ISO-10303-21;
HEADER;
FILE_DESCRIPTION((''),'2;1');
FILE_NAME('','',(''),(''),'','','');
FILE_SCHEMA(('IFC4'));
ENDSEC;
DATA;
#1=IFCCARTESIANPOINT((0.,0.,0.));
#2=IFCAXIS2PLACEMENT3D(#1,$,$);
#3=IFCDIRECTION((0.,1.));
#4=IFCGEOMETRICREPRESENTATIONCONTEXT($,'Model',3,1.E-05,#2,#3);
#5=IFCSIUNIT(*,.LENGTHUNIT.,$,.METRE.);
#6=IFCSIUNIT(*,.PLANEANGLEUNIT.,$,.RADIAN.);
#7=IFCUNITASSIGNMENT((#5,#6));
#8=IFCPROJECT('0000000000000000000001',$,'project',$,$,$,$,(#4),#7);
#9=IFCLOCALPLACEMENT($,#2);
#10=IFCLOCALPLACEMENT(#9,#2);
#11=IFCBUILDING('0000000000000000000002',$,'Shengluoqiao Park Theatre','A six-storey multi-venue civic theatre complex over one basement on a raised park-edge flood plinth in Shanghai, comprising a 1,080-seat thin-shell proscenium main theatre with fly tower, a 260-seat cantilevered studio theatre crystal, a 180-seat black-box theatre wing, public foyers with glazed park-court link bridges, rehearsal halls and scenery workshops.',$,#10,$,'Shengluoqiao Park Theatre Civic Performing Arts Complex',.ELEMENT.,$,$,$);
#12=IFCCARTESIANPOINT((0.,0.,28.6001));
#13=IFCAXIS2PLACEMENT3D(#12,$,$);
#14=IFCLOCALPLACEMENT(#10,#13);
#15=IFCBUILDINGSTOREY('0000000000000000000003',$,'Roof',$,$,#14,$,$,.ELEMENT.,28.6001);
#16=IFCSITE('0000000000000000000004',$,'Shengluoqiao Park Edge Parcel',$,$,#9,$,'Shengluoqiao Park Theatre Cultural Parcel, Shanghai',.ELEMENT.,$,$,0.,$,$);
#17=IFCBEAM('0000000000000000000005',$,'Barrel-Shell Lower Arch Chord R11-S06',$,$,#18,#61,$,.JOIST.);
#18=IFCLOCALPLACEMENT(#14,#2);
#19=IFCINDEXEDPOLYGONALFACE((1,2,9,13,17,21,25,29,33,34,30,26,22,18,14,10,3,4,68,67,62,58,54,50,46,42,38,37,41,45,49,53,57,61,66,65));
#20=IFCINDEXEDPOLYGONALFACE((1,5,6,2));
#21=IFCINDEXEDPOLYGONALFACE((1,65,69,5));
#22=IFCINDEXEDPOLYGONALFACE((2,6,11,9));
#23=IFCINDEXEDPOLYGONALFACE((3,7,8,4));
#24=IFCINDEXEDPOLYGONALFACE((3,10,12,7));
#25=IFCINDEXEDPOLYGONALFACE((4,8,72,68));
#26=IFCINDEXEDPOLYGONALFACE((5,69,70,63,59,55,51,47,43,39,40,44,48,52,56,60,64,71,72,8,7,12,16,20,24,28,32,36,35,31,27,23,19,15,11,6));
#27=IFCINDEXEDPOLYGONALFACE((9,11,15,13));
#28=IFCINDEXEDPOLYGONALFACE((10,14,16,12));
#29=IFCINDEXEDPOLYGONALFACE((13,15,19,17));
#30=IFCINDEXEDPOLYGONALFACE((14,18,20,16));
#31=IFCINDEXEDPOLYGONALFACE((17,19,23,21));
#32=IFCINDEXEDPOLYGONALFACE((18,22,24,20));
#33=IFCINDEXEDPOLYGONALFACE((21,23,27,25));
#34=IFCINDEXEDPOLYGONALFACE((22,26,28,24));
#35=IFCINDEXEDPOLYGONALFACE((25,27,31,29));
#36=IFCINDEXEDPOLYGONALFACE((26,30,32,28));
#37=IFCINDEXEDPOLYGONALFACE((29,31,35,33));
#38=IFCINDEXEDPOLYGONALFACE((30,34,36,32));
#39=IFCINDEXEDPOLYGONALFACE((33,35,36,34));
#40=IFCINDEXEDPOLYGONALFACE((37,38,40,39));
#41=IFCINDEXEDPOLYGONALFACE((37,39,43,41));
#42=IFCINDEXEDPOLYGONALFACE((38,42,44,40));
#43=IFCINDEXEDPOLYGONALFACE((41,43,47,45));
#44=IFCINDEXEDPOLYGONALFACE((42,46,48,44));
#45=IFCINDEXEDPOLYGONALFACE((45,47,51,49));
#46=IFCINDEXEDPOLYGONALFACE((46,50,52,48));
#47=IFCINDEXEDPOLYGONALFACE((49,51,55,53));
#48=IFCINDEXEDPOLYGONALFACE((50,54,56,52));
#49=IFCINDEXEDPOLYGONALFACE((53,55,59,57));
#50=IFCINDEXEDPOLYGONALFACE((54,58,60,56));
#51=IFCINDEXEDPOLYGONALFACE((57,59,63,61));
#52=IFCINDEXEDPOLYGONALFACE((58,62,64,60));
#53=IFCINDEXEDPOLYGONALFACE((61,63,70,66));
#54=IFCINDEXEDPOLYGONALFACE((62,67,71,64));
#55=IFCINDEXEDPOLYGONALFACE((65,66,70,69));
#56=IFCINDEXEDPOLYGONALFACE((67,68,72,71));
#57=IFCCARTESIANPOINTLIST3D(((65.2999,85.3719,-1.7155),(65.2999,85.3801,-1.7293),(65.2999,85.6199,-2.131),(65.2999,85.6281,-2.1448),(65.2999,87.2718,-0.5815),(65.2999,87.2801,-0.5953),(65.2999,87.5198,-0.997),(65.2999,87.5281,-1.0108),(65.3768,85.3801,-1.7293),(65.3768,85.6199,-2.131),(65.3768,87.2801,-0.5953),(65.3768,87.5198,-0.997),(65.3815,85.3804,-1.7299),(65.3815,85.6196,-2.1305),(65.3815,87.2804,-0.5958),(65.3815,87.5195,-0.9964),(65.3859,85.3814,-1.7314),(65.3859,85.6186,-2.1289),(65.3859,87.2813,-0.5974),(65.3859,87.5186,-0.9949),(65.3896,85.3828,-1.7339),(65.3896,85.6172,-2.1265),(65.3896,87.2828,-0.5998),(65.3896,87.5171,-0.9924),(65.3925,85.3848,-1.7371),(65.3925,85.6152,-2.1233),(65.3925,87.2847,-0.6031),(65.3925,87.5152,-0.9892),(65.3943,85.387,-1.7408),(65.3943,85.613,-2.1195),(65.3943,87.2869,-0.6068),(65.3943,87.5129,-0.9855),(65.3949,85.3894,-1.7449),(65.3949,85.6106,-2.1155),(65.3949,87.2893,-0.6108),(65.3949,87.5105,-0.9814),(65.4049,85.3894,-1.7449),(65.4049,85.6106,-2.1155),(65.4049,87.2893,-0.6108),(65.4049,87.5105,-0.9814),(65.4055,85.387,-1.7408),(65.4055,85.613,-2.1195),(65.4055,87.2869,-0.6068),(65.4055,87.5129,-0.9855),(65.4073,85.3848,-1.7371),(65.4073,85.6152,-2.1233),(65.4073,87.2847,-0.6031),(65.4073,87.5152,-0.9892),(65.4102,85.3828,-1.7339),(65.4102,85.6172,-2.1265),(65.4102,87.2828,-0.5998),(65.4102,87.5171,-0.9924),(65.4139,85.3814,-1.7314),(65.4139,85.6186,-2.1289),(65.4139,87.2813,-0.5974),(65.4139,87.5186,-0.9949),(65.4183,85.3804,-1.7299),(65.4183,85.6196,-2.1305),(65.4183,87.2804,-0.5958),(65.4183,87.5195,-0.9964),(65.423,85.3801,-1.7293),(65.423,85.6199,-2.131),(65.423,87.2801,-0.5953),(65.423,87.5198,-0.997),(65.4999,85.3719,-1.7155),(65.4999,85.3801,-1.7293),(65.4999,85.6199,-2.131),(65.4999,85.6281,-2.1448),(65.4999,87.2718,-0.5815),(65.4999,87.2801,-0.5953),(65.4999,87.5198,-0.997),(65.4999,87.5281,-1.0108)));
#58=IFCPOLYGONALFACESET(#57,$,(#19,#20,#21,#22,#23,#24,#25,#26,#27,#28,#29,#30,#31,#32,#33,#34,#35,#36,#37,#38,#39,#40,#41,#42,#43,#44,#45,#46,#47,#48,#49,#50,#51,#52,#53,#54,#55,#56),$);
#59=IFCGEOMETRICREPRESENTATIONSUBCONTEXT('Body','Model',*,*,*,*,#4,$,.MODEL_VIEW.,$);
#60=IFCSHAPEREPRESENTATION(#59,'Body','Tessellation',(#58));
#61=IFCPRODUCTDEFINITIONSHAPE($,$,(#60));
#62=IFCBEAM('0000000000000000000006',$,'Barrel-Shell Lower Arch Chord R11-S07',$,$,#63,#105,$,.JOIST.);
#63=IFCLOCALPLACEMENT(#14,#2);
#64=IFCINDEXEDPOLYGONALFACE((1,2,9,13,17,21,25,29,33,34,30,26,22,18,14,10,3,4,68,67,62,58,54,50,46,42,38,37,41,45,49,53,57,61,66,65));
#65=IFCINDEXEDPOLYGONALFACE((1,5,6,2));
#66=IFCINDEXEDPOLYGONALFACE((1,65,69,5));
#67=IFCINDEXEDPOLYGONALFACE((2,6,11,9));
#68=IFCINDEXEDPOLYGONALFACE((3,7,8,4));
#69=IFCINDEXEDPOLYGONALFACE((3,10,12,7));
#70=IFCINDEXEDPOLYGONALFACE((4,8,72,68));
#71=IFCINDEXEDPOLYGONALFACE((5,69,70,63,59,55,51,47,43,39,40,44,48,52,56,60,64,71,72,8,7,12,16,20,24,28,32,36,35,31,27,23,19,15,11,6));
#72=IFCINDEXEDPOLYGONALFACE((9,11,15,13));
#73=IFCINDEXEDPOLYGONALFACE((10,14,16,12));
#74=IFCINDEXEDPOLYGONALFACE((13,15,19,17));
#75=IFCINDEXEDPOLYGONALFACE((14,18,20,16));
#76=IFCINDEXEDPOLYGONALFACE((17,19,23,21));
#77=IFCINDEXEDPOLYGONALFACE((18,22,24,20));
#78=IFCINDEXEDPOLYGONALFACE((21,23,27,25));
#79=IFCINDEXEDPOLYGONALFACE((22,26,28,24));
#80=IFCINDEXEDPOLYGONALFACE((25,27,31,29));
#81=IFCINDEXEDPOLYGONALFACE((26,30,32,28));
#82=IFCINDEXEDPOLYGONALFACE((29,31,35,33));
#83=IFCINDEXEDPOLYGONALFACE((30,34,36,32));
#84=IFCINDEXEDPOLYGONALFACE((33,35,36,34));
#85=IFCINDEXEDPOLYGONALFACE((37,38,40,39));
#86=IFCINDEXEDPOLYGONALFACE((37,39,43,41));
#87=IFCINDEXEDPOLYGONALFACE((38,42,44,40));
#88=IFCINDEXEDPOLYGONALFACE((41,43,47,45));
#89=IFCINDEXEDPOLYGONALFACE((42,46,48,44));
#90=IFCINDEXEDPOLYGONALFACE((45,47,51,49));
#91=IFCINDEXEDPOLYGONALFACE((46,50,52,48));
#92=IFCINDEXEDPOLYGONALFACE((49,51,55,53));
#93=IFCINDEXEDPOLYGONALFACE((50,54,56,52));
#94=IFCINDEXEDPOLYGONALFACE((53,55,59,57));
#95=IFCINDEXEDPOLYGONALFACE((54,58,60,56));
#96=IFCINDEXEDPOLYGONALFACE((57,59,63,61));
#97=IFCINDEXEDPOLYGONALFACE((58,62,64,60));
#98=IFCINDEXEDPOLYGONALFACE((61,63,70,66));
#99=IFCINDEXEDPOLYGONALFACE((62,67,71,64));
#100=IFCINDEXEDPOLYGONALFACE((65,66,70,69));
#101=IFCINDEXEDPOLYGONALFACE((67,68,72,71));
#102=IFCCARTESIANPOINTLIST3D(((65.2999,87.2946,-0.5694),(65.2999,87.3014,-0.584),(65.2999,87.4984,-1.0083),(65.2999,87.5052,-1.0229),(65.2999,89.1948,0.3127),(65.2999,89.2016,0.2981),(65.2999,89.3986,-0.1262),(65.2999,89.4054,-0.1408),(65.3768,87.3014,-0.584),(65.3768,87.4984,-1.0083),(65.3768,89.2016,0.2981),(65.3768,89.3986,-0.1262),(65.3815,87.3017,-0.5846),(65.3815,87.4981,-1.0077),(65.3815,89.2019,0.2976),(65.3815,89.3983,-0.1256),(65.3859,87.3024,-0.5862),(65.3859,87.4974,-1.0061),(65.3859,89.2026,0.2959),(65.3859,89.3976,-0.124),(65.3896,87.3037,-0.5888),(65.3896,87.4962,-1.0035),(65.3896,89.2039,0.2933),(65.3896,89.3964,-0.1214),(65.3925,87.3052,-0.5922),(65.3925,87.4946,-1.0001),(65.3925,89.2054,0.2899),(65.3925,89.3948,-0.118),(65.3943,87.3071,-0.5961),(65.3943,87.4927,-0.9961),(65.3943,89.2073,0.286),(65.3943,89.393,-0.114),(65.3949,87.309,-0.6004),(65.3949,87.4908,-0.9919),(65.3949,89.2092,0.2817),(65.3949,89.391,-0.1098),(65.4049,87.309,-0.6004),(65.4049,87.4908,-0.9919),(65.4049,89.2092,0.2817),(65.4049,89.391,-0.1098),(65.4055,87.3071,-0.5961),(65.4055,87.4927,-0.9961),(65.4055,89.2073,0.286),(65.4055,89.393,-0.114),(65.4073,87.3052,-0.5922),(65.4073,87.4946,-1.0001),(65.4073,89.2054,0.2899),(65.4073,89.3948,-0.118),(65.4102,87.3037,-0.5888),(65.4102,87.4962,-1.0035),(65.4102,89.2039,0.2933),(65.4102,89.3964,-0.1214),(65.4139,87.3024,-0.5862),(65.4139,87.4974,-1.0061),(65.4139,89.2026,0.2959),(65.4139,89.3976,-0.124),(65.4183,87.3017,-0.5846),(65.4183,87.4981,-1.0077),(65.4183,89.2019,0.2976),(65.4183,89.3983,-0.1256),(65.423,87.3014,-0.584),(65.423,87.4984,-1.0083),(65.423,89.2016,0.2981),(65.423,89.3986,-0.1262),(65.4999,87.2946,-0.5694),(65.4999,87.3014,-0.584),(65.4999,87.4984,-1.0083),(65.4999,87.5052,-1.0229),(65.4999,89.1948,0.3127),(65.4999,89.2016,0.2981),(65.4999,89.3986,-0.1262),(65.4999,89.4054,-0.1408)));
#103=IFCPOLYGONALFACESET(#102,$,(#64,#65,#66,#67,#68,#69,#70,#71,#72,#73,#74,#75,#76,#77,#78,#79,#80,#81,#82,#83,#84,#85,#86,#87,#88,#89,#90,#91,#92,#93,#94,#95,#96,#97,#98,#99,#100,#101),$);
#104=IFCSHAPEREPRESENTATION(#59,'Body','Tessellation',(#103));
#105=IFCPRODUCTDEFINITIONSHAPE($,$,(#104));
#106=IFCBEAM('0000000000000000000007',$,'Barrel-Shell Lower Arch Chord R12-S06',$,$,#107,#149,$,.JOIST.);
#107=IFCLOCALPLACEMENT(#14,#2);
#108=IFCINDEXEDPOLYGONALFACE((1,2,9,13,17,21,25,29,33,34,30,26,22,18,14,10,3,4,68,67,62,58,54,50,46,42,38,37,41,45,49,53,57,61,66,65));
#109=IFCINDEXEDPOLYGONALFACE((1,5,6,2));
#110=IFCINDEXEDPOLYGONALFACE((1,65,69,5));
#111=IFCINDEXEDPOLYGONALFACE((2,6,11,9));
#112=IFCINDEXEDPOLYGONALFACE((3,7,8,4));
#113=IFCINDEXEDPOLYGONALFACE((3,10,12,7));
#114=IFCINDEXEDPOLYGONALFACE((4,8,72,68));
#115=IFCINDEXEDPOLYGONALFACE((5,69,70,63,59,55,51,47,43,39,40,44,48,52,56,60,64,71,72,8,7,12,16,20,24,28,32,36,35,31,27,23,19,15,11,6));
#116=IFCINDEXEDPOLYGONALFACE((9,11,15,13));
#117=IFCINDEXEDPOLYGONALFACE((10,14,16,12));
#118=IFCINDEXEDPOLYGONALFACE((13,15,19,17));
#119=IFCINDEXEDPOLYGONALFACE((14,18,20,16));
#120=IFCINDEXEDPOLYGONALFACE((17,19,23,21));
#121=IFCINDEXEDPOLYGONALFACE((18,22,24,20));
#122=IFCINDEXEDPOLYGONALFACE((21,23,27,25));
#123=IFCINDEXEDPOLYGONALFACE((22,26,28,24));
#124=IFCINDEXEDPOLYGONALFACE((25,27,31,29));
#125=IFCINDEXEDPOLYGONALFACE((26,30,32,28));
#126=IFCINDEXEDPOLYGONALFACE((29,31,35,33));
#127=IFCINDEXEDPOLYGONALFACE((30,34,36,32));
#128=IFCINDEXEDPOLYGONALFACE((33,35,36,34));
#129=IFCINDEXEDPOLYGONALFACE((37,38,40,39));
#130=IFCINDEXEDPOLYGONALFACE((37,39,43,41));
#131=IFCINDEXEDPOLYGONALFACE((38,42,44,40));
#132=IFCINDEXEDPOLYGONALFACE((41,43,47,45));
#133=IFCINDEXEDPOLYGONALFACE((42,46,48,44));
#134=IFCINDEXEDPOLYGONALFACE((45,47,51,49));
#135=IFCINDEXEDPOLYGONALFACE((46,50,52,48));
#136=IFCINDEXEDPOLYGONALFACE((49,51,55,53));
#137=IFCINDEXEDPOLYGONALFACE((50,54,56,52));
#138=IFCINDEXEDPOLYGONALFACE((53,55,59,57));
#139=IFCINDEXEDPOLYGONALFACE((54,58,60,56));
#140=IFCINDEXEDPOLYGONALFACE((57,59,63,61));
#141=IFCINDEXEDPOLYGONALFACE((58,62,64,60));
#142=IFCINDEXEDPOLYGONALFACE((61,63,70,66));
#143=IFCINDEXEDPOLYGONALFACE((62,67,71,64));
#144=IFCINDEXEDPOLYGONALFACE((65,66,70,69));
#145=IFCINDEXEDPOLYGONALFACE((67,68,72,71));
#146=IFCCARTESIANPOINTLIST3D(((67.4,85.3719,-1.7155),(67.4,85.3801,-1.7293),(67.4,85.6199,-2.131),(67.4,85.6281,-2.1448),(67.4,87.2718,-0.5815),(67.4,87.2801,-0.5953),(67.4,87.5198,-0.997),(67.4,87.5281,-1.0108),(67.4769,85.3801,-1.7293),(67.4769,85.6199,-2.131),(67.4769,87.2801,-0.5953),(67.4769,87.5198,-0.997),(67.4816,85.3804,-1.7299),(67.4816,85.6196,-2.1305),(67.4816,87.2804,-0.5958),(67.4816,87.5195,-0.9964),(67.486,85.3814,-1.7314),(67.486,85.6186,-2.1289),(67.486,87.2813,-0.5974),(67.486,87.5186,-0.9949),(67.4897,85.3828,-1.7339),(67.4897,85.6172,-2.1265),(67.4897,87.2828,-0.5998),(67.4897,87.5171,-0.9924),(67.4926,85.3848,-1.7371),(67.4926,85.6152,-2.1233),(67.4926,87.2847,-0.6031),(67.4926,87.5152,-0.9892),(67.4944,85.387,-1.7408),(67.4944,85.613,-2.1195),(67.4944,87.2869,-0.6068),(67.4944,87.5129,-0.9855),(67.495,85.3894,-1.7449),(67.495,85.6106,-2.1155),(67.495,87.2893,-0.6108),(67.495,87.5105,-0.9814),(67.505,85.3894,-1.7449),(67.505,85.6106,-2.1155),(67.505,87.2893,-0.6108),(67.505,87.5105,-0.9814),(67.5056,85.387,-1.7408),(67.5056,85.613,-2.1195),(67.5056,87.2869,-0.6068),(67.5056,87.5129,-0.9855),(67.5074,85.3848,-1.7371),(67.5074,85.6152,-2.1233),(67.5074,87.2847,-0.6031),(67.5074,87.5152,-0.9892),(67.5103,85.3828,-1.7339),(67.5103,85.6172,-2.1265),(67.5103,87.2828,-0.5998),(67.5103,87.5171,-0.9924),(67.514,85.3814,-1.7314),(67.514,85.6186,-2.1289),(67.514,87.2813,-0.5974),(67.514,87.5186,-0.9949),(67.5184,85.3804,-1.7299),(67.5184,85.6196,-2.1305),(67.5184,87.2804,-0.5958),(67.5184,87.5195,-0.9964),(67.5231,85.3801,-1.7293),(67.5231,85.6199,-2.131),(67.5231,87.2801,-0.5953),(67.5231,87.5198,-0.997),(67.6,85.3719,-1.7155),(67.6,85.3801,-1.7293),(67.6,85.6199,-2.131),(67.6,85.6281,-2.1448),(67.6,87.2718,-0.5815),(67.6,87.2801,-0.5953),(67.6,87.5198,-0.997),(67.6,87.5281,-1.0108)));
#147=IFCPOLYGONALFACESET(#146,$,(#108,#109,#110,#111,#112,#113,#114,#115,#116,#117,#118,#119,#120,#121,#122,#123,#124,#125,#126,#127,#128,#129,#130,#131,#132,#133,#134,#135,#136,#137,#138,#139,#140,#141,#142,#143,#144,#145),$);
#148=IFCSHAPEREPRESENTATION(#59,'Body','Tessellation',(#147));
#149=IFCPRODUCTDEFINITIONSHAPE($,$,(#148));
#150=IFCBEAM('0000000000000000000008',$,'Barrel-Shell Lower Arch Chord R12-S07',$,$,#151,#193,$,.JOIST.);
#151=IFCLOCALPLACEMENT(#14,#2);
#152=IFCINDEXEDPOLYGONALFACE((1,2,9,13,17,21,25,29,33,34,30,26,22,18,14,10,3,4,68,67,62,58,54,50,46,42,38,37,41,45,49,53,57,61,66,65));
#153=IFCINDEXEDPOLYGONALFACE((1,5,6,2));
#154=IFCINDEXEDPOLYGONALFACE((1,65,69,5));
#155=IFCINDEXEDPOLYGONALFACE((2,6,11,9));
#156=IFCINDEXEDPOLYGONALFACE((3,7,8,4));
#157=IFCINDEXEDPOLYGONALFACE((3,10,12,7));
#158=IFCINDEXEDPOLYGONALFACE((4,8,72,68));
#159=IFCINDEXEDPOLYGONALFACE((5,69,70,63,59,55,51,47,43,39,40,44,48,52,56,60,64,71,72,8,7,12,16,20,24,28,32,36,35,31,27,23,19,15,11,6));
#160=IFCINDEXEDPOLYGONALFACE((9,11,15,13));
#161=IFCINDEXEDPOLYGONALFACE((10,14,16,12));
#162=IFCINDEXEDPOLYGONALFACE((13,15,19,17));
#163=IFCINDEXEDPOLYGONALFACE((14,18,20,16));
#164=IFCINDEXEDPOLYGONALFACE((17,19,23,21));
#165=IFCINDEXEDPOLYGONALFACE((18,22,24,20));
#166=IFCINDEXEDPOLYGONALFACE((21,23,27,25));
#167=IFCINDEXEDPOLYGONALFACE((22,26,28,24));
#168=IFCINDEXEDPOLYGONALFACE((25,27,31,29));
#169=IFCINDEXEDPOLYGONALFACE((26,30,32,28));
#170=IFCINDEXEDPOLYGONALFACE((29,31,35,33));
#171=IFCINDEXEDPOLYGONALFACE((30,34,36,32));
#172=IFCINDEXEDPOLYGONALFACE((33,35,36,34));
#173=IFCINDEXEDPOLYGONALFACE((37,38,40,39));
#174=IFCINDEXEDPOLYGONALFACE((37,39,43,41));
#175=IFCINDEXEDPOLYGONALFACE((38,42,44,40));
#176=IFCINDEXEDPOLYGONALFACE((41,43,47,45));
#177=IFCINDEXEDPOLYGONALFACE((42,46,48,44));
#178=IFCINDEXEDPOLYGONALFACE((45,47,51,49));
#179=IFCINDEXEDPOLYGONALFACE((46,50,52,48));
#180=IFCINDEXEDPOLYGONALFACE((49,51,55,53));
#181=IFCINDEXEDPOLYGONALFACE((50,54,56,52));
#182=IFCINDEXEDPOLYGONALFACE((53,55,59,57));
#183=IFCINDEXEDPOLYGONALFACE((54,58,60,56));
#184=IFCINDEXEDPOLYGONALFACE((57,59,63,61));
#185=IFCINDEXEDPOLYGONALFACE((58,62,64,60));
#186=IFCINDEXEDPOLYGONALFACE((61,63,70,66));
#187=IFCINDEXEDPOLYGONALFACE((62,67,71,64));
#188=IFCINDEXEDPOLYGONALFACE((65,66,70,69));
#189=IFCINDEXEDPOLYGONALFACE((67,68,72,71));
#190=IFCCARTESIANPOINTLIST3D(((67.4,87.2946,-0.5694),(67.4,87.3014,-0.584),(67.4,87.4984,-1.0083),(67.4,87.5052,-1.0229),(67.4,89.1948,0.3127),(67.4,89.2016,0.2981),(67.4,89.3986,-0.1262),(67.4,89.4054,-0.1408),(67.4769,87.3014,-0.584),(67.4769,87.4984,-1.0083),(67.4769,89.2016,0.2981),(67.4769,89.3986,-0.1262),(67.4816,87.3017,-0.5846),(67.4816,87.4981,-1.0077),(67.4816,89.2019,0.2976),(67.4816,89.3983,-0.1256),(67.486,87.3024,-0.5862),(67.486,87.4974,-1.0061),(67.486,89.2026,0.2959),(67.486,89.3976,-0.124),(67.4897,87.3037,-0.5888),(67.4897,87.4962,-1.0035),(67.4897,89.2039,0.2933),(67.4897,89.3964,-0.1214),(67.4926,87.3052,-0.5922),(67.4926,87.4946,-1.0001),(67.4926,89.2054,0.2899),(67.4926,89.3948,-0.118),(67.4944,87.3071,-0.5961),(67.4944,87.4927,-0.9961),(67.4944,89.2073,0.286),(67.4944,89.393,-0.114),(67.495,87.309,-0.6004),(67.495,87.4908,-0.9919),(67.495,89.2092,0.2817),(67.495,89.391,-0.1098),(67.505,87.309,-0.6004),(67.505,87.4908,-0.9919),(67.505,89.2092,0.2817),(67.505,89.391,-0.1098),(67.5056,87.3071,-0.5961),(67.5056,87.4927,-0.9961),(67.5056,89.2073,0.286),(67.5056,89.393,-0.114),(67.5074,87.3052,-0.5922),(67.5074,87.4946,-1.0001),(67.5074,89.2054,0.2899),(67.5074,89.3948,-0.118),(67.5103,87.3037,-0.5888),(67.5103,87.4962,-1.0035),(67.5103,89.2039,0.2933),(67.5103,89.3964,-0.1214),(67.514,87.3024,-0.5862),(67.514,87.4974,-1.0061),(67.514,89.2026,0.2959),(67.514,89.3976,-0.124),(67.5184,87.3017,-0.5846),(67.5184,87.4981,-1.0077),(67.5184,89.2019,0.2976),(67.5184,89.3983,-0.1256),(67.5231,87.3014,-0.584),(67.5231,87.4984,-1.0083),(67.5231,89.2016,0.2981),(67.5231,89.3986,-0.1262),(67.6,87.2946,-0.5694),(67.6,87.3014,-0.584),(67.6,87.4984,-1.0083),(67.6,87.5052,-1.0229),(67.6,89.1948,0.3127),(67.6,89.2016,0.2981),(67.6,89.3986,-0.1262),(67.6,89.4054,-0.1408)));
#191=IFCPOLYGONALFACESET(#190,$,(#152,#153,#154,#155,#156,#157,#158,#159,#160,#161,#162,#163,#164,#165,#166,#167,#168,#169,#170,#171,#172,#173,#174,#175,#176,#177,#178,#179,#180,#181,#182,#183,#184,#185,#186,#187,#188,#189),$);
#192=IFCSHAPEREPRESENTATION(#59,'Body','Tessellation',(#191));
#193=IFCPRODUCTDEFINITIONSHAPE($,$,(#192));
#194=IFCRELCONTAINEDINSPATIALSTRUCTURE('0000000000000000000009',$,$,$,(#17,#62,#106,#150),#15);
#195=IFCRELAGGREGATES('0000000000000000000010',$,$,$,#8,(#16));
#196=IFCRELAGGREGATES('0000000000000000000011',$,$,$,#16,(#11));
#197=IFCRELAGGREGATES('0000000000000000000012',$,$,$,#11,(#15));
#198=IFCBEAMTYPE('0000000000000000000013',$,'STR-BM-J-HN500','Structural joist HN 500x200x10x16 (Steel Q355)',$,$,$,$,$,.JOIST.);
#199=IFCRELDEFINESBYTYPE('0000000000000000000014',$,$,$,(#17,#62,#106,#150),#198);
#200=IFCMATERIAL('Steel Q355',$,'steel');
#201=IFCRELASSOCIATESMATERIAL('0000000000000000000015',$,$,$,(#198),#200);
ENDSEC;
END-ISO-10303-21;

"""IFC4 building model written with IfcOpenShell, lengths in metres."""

from ifc_helpers import new_model, si_unit, direction, frame, origin, origin_2d, place, context, subcontext, project, spatial, i_section, extrude, material, material_profile, profile_set, type_object, element, save


model = new_model("IFC4")

# Units and contexts
model_context = context("Model", 3, precision=1e-05, world=origin(), true_north=direction((0.0, 1.0)))
body_context = subcontext(model_context, "Body", "Model", "MODEL_VIEW")
ifc_project = project(units=[si_unit("LENGTHUNIT", "METRE"), si_unit("PLANEANGLEUNIT", "RADIAN")], contexts=[model_context])

# Site, building, storey
site_placement = place(None, origin())
site = spatial("IfcSite", under=ifc_project, at=site_placement, Name="Shengluoqiao Park Edge Parcel", LongName="Shengluoqiao Park Theatre Cultural Parcel, Shanghai", CompositionType="ELEMENT", RefElevation=0.0)
building_placement = place(site_placement, origin())
building = spatial("IfcBuilding", under=site, at=building_placement, Name="Shengluoqiao Park Theatre", Description="A six-storey multi-venue civic theatre complex over one basement on a raised park-edge flood plinth in Shanghai, comprising a 1,080-seat thin-shell proscenium main theatre with fly tower, a 260-seat cantilevered studio theatre crystal, a 180-seat black-box theatre wing, public foyers with glazed park-court link bridges, rehearsal halls and scenery workshops.", LongName="Shengluoqiao Park Theatre Civic Performing Arts Complex", CompositionType="ELEMENT")
storey_placement = place(building_placement, frame((0.0, 0.0, 28.6001)))
storey = spatial("IfcBuildingStorey", under=building, at=storey_placement, Name="Roof", CompositionType="ELEMENT", Elevation=28.6001)

# Beams
ifc_material_1 = material(Name="Steel Q355", Category="steel")
ifc_material_profile_1 = material_profile(ifc_material_1, i_section(OverallWidth=0.2, OverallDepth=0.5, WebThickness=0.01, FlangeThickness=0.0161, FilletRadius=0.0181, at=origin_2d()), Name="HN 500x200x10x16")
ifc_profile_set_1 = profile_set([ifc_material_profile_1], Name="Steel Q355")
beam_type_1 = type_object("IfcBeamType", Name="STR-BM-J-HN500", Description="Structural joist HN 500x200x10x16 (Steel Q355)", PredefinedType="JOIST", material=ifc_profile_set_1)
beam_1_placement = place(storey_placement, frame((65.3999, 85.5, -1.9302), z_axis=(0.0, 0.858669, 0.512531), x_axis=(-1.0, 0.0, 0.0)))
element("IfcBeam", 1, at=beam_1_placement, inside=storey, type_object=beam_type_1, Name="Barrel-Shell Lower Arch Chord R11-S06", PredefinedType="JOIST", context=body_context, shape_type="SweptSolid", body=[
    extrude(i_section(OverallWidth=0.2, OverallDepth=0.5, WebThickness=0.01, FlangeThickness=0.0161, FilletRadius=0.0181, at=origin_2d()), origin(), (0.0, 0.0, 1.0), 2.2126),
])
beam_2_placement = place(storey_placement, frame((65.3999, 87.3999, -0.7961), z_axis=(0.0, 0.907033, 0.42106), x_axis=(-1.0, 0.0, 0.0)))
element("IfcBeam", 2, at=beam_2_placement, inside=storey, type_object=beam_type_1, Name="Barrel-Shell Lower Arch Chord R11-S07", PredefinedType="JOIST", context=body_context, shape_type="SweptSolid", body=[
    extrude(i_section(OverallWidth=0.2, OverallDepth=0.5, WebThickness=0.01, FlangeThickness=0.0161, FilletRadius=0.0181, at=origin_2d()), origin(), (0.0, 0.0, 1.0), 2.095),
])
beam_3_placement = place(storey_placement, frame((67.5, 85.5, -1.9302), z_axis=(0.0, 0.858669, 0.512531), x_axis=(-1.0, 0.0, 0.0)))
element("IfcBeam", 3, at=beam_3_placement, inside=storey, type_object=beam_type_1, Name="Barrel-Shell Lower Arch Chord R12-S06", PredefinedType="JOIST", context=body_context, shape_type="SweptSolid", body=[
    extrude(i_section(OverallWidth=0.2, OverallDepth=0.5, WebThickness=0.01, FlangeThickness=0.0161, FilletRadius=0.0181, at=origin_2d()), origin(), (0.0, 0.0, 1.0), 2.2126),
])
beam_4_placement = place(storey_placement, frame((67.5, 87.3999, -0.7961), z_axis=(0.0, 0.907033, 0.42106), x_axis=(-1.0, 0.0, 0.0)))
element("IfcBeam", 4, at=beam_4_placement, inside=storey, type_object=beam_type_1, Name="Barrel-Shell Lower Arch Chord R12-S07", PredefinedType="JOIST", context=body_context, shape_type="SweptSolid", body=[
    extrude(i_section(OverallWidth=0.2, OverallDepth=0.5, WebThickness=0.01, FlangeThickness=0.0161, FilletRadius=0.0181, at=origin_2d()), origin(), (0.0, 0.0, 1.0), 2.095),
])

save(model, "model.ifc")
